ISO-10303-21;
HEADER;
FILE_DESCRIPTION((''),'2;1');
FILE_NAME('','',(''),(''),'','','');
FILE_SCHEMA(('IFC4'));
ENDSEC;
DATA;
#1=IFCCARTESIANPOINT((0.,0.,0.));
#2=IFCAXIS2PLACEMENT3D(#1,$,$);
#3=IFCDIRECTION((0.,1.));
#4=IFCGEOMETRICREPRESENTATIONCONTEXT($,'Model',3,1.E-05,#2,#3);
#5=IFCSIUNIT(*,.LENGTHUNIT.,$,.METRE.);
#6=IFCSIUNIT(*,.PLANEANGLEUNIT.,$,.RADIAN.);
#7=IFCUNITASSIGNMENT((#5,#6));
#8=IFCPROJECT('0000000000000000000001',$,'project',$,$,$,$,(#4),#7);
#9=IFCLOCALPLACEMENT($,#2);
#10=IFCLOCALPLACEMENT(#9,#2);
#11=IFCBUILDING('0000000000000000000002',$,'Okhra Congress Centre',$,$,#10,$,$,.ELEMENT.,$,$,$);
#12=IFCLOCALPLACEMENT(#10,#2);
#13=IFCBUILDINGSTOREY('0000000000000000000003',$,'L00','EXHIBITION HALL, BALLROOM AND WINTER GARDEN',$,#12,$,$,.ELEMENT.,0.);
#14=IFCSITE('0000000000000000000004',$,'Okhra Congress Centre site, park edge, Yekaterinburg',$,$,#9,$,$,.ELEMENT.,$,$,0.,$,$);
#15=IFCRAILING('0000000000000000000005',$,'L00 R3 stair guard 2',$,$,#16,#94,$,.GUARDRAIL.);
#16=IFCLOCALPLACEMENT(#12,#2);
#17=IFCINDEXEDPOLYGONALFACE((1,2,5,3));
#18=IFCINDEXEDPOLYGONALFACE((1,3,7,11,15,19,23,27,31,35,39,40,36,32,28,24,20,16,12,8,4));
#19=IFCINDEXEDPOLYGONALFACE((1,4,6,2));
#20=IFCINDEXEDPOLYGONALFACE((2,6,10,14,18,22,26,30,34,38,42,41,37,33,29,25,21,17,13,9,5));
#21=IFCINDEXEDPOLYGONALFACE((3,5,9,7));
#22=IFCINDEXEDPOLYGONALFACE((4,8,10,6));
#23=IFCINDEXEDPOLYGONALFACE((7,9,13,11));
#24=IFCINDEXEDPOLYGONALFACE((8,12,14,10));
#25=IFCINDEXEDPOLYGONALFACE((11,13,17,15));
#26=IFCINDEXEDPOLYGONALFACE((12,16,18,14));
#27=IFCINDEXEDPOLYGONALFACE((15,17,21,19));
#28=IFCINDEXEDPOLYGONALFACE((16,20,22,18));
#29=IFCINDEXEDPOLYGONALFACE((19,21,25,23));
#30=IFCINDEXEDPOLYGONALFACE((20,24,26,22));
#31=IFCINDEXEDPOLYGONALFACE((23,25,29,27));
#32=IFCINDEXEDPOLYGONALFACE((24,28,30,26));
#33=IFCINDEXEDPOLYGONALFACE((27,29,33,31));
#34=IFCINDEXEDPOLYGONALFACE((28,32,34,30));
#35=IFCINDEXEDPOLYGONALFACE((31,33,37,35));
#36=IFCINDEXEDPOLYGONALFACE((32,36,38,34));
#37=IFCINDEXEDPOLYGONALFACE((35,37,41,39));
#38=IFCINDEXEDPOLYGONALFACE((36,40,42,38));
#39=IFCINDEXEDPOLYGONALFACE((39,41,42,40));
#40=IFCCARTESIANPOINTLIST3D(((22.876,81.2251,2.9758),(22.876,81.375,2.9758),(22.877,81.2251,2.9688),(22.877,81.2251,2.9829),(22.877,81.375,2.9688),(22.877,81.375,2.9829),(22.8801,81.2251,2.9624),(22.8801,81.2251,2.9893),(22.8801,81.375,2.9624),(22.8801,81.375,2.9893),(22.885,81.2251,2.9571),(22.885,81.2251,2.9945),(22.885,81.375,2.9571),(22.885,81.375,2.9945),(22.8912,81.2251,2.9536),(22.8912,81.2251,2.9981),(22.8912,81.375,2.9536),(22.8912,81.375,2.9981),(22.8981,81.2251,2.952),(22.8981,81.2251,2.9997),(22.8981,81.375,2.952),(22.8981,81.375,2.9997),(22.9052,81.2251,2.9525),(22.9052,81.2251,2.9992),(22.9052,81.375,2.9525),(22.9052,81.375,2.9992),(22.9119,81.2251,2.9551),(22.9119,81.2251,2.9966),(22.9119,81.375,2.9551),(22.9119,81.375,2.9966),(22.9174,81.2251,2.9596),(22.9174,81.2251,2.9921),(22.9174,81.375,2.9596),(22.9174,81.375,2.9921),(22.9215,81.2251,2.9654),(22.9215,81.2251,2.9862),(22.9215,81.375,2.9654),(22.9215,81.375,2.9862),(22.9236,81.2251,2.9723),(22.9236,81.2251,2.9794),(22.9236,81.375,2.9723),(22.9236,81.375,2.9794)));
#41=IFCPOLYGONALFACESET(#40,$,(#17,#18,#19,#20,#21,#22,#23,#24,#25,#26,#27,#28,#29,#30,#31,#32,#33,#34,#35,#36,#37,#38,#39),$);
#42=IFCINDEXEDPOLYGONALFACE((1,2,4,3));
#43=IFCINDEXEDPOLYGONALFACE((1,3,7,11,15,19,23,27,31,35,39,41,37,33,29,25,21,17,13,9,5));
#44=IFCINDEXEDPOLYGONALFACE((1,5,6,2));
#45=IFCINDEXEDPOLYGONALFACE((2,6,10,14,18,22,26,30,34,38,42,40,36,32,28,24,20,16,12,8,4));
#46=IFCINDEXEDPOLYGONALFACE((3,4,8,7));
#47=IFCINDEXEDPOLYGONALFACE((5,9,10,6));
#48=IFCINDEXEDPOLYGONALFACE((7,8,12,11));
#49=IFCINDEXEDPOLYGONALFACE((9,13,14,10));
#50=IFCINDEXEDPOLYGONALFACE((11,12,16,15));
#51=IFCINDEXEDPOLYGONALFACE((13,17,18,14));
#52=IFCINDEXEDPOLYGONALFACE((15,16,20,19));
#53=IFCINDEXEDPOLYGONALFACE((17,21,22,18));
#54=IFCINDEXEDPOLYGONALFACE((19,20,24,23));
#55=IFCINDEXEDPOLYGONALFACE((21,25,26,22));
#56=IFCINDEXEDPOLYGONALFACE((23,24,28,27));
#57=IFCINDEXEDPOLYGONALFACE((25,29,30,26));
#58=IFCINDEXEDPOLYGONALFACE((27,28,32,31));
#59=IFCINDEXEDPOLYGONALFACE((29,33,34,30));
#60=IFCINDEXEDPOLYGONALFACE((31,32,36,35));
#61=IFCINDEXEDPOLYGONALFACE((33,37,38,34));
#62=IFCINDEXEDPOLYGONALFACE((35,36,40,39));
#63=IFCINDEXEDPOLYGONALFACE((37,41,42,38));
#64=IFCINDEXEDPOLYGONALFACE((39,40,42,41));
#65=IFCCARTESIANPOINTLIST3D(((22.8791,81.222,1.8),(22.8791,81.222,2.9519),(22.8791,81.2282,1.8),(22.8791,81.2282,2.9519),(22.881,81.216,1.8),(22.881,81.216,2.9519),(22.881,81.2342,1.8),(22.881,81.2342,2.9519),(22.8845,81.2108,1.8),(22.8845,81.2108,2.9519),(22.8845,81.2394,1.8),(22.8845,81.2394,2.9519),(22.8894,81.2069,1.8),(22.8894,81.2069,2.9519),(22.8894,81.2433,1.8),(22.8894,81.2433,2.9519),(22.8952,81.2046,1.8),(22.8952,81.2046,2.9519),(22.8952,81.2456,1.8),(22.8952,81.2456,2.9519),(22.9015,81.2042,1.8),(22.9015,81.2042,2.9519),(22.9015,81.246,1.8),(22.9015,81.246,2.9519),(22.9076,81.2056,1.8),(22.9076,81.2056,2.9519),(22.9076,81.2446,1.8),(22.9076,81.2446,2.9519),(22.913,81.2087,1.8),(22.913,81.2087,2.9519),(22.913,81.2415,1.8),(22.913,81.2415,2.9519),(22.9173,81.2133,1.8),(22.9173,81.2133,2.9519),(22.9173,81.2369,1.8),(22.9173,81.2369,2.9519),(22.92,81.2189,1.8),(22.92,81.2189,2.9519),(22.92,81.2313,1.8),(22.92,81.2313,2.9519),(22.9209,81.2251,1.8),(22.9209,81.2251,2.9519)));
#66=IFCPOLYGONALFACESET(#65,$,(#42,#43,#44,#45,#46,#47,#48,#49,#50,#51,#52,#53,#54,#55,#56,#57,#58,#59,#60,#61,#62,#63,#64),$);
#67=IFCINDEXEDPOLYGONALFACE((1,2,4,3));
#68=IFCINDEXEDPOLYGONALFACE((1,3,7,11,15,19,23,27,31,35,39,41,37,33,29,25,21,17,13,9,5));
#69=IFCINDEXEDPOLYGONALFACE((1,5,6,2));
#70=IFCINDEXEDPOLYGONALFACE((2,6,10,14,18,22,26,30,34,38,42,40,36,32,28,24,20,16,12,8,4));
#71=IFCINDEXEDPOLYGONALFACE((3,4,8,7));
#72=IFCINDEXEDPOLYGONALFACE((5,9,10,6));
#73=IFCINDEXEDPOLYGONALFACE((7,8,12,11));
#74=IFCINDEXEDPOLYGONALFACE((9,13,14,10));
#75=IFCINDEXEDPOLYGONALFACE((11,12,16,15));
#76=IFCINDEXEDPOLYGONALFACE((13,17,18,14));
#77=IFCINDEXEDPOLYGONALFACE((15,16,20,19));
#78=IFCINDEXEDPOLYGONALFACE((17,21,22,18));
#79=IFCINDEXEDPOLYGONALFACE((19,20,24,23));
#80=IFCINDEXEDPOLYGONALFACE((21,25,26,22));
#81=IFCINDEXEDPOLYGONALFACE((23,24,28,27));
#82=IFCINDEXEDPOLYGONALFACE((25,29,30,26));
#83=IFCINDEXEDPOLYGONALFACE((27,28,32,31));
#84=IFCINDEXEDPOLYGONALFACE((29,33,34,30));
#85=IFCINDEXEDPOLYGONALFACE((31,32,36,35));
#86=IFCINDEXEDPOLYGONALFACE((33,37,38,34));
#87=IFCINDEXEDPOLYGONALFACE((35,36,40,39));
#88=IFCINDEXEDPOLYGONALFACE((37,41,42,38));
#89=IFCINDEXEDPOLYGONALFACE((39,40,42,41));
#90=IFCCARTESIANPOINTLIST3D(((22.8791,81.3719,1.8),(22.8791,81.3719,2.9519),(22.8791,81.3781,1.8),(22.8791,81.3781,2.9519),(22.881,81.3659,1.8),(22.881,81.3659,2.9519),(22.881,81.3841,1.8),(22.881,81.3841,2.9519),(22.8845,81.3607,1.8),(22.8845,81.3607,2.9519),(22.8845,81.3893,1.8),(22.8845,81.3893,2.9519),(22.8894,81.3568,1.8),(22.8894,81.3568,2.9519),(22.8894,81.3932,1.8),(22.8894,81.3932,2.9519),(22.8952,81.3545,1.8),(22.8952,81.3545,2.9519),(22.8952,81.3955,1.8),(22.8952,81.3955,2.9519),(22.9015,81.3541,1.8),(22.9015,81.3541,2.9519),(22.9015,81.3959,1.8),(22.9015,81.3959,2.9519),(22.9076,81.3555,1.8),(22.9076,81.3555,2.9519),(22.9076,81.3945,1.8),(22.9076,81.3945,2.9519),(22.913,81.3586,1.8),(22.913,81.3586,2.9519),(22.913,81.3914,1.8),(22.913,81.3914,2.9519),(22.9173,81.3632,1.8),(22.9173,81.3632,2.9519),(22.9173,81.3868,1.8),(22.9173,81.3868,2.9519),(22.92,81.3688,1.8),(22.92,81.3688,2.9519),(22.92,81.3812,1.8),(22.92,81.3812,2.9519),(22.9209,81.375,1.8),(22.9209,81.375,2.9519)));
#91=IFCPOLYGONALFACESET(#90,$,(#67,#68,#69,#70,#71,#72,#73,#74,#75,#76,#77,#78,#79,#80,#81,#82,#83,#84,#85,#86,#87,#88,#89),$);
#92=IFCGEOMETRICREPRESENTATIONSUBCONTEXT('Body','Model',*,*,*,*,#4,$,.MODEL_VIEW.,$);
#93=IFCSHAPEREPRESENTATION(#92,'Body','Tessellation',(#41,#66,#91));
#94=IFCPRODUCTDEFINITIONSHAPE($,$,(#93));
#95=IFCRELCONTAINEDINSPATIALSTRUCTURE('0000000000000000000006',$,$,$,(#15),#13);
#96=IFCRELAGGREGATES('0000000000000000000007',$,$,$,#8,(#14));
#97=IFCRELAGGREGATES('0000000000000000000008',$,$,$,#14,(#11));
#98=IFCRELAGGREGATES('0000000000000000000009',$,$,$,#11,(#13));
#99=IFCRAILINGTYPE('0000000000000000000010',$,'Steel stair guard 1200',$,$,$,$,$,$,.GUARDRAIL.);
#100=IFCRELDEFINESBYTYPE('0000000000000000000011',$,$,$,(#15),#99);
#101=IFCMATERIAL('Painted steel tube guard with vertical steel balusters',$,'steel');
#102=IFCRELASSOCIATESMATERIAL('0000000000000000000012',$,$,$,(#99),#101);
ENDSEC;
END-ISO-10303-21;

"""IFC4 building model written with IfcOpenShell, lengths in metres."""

from ifc_helpers import new_model, si_unit, direction, frame, origin, origin_2d, place, context, subcontext, project, spatial, circle, extrude, material, type_object, element, save


model = new_model("IFC4")

# Units and contexts
model_context = context("Model", 3, precision=1e-05, world=origin(), true_north=direction((0.0, 1.0)))
body_context = subcontext(model_context, "Body", "Model", "MODEL_VIEW")
ifc_project = project(units=[si_unit("LENGTHUNIT", "METRE"), si_unit("PLANEANGLEUNIT", "RADIAN")], contexts=[model_context])

# Site, building, storey
site_placement = place(None, origin())
site = spatial("IfcSite", under=ifc_project, at=site_placement, Name="Okhra Congress Centre site, park edge, Yekaterinburg", CompositionType="ELEMENT", RefElevation=0.0)
building_placement = place(site_placement, origin())
building = spatial("IfcBuilding", under=site, at=building_placement, Name="Okhra Congress Centre", CompositionType="ELEMENT")
storey_placement = place(building_placement, origin())
storey = spatial("IfcBuildingStorey", under=building, at=storey_placement, Name="L00", Description="EXHIBITION HALL, BALLROOM AND WINTER GARDEN", CompositionType="ELEMENT", Elevation=0.0)

# Railing
ifc_material_1 = material(Name="Painted steel tube guard with vertical steel balusters", Category="steel")
railing_type_1 = type_object("IfcRailingType", Name="Steel stair guard 1200", PredefinedType="GUARDRAIL", material=ifc_material_1)
railing_1_placement = place(storey_placement, frame((22.8999, 81.2251, 1.8)))
element("IfcRailing", 1, at=railing_1_placement, inside=storey, type_object=railing_type_1, Name="L00 R3 stair guard 2", PredefinedType="GUARDRAIL", context=body_context, shape_type="SweptSolid", body=[
    extrude(circle(Radius=0.0239, at=origin_2d()), frame((0.0, 0.0, 1.1758), z_axis=(0.0, 1.0, 0.0), x_axis=(-1.0, 0.0, 0.0)), (0.0, 0.0, 1.0), 0.1499),
    extrude(circle(Radius=0.021, at=origin_2d()), origin(), (0.0, 0.0, 1.0), 1.1519),
    extrude(circle(Radius=0.021, at=origin_2d()), frame((0.0, 0.1499, 0.0)), (0.0, 0.0, 1.0), 1.1519),
])

save(model, "model.ifc")
